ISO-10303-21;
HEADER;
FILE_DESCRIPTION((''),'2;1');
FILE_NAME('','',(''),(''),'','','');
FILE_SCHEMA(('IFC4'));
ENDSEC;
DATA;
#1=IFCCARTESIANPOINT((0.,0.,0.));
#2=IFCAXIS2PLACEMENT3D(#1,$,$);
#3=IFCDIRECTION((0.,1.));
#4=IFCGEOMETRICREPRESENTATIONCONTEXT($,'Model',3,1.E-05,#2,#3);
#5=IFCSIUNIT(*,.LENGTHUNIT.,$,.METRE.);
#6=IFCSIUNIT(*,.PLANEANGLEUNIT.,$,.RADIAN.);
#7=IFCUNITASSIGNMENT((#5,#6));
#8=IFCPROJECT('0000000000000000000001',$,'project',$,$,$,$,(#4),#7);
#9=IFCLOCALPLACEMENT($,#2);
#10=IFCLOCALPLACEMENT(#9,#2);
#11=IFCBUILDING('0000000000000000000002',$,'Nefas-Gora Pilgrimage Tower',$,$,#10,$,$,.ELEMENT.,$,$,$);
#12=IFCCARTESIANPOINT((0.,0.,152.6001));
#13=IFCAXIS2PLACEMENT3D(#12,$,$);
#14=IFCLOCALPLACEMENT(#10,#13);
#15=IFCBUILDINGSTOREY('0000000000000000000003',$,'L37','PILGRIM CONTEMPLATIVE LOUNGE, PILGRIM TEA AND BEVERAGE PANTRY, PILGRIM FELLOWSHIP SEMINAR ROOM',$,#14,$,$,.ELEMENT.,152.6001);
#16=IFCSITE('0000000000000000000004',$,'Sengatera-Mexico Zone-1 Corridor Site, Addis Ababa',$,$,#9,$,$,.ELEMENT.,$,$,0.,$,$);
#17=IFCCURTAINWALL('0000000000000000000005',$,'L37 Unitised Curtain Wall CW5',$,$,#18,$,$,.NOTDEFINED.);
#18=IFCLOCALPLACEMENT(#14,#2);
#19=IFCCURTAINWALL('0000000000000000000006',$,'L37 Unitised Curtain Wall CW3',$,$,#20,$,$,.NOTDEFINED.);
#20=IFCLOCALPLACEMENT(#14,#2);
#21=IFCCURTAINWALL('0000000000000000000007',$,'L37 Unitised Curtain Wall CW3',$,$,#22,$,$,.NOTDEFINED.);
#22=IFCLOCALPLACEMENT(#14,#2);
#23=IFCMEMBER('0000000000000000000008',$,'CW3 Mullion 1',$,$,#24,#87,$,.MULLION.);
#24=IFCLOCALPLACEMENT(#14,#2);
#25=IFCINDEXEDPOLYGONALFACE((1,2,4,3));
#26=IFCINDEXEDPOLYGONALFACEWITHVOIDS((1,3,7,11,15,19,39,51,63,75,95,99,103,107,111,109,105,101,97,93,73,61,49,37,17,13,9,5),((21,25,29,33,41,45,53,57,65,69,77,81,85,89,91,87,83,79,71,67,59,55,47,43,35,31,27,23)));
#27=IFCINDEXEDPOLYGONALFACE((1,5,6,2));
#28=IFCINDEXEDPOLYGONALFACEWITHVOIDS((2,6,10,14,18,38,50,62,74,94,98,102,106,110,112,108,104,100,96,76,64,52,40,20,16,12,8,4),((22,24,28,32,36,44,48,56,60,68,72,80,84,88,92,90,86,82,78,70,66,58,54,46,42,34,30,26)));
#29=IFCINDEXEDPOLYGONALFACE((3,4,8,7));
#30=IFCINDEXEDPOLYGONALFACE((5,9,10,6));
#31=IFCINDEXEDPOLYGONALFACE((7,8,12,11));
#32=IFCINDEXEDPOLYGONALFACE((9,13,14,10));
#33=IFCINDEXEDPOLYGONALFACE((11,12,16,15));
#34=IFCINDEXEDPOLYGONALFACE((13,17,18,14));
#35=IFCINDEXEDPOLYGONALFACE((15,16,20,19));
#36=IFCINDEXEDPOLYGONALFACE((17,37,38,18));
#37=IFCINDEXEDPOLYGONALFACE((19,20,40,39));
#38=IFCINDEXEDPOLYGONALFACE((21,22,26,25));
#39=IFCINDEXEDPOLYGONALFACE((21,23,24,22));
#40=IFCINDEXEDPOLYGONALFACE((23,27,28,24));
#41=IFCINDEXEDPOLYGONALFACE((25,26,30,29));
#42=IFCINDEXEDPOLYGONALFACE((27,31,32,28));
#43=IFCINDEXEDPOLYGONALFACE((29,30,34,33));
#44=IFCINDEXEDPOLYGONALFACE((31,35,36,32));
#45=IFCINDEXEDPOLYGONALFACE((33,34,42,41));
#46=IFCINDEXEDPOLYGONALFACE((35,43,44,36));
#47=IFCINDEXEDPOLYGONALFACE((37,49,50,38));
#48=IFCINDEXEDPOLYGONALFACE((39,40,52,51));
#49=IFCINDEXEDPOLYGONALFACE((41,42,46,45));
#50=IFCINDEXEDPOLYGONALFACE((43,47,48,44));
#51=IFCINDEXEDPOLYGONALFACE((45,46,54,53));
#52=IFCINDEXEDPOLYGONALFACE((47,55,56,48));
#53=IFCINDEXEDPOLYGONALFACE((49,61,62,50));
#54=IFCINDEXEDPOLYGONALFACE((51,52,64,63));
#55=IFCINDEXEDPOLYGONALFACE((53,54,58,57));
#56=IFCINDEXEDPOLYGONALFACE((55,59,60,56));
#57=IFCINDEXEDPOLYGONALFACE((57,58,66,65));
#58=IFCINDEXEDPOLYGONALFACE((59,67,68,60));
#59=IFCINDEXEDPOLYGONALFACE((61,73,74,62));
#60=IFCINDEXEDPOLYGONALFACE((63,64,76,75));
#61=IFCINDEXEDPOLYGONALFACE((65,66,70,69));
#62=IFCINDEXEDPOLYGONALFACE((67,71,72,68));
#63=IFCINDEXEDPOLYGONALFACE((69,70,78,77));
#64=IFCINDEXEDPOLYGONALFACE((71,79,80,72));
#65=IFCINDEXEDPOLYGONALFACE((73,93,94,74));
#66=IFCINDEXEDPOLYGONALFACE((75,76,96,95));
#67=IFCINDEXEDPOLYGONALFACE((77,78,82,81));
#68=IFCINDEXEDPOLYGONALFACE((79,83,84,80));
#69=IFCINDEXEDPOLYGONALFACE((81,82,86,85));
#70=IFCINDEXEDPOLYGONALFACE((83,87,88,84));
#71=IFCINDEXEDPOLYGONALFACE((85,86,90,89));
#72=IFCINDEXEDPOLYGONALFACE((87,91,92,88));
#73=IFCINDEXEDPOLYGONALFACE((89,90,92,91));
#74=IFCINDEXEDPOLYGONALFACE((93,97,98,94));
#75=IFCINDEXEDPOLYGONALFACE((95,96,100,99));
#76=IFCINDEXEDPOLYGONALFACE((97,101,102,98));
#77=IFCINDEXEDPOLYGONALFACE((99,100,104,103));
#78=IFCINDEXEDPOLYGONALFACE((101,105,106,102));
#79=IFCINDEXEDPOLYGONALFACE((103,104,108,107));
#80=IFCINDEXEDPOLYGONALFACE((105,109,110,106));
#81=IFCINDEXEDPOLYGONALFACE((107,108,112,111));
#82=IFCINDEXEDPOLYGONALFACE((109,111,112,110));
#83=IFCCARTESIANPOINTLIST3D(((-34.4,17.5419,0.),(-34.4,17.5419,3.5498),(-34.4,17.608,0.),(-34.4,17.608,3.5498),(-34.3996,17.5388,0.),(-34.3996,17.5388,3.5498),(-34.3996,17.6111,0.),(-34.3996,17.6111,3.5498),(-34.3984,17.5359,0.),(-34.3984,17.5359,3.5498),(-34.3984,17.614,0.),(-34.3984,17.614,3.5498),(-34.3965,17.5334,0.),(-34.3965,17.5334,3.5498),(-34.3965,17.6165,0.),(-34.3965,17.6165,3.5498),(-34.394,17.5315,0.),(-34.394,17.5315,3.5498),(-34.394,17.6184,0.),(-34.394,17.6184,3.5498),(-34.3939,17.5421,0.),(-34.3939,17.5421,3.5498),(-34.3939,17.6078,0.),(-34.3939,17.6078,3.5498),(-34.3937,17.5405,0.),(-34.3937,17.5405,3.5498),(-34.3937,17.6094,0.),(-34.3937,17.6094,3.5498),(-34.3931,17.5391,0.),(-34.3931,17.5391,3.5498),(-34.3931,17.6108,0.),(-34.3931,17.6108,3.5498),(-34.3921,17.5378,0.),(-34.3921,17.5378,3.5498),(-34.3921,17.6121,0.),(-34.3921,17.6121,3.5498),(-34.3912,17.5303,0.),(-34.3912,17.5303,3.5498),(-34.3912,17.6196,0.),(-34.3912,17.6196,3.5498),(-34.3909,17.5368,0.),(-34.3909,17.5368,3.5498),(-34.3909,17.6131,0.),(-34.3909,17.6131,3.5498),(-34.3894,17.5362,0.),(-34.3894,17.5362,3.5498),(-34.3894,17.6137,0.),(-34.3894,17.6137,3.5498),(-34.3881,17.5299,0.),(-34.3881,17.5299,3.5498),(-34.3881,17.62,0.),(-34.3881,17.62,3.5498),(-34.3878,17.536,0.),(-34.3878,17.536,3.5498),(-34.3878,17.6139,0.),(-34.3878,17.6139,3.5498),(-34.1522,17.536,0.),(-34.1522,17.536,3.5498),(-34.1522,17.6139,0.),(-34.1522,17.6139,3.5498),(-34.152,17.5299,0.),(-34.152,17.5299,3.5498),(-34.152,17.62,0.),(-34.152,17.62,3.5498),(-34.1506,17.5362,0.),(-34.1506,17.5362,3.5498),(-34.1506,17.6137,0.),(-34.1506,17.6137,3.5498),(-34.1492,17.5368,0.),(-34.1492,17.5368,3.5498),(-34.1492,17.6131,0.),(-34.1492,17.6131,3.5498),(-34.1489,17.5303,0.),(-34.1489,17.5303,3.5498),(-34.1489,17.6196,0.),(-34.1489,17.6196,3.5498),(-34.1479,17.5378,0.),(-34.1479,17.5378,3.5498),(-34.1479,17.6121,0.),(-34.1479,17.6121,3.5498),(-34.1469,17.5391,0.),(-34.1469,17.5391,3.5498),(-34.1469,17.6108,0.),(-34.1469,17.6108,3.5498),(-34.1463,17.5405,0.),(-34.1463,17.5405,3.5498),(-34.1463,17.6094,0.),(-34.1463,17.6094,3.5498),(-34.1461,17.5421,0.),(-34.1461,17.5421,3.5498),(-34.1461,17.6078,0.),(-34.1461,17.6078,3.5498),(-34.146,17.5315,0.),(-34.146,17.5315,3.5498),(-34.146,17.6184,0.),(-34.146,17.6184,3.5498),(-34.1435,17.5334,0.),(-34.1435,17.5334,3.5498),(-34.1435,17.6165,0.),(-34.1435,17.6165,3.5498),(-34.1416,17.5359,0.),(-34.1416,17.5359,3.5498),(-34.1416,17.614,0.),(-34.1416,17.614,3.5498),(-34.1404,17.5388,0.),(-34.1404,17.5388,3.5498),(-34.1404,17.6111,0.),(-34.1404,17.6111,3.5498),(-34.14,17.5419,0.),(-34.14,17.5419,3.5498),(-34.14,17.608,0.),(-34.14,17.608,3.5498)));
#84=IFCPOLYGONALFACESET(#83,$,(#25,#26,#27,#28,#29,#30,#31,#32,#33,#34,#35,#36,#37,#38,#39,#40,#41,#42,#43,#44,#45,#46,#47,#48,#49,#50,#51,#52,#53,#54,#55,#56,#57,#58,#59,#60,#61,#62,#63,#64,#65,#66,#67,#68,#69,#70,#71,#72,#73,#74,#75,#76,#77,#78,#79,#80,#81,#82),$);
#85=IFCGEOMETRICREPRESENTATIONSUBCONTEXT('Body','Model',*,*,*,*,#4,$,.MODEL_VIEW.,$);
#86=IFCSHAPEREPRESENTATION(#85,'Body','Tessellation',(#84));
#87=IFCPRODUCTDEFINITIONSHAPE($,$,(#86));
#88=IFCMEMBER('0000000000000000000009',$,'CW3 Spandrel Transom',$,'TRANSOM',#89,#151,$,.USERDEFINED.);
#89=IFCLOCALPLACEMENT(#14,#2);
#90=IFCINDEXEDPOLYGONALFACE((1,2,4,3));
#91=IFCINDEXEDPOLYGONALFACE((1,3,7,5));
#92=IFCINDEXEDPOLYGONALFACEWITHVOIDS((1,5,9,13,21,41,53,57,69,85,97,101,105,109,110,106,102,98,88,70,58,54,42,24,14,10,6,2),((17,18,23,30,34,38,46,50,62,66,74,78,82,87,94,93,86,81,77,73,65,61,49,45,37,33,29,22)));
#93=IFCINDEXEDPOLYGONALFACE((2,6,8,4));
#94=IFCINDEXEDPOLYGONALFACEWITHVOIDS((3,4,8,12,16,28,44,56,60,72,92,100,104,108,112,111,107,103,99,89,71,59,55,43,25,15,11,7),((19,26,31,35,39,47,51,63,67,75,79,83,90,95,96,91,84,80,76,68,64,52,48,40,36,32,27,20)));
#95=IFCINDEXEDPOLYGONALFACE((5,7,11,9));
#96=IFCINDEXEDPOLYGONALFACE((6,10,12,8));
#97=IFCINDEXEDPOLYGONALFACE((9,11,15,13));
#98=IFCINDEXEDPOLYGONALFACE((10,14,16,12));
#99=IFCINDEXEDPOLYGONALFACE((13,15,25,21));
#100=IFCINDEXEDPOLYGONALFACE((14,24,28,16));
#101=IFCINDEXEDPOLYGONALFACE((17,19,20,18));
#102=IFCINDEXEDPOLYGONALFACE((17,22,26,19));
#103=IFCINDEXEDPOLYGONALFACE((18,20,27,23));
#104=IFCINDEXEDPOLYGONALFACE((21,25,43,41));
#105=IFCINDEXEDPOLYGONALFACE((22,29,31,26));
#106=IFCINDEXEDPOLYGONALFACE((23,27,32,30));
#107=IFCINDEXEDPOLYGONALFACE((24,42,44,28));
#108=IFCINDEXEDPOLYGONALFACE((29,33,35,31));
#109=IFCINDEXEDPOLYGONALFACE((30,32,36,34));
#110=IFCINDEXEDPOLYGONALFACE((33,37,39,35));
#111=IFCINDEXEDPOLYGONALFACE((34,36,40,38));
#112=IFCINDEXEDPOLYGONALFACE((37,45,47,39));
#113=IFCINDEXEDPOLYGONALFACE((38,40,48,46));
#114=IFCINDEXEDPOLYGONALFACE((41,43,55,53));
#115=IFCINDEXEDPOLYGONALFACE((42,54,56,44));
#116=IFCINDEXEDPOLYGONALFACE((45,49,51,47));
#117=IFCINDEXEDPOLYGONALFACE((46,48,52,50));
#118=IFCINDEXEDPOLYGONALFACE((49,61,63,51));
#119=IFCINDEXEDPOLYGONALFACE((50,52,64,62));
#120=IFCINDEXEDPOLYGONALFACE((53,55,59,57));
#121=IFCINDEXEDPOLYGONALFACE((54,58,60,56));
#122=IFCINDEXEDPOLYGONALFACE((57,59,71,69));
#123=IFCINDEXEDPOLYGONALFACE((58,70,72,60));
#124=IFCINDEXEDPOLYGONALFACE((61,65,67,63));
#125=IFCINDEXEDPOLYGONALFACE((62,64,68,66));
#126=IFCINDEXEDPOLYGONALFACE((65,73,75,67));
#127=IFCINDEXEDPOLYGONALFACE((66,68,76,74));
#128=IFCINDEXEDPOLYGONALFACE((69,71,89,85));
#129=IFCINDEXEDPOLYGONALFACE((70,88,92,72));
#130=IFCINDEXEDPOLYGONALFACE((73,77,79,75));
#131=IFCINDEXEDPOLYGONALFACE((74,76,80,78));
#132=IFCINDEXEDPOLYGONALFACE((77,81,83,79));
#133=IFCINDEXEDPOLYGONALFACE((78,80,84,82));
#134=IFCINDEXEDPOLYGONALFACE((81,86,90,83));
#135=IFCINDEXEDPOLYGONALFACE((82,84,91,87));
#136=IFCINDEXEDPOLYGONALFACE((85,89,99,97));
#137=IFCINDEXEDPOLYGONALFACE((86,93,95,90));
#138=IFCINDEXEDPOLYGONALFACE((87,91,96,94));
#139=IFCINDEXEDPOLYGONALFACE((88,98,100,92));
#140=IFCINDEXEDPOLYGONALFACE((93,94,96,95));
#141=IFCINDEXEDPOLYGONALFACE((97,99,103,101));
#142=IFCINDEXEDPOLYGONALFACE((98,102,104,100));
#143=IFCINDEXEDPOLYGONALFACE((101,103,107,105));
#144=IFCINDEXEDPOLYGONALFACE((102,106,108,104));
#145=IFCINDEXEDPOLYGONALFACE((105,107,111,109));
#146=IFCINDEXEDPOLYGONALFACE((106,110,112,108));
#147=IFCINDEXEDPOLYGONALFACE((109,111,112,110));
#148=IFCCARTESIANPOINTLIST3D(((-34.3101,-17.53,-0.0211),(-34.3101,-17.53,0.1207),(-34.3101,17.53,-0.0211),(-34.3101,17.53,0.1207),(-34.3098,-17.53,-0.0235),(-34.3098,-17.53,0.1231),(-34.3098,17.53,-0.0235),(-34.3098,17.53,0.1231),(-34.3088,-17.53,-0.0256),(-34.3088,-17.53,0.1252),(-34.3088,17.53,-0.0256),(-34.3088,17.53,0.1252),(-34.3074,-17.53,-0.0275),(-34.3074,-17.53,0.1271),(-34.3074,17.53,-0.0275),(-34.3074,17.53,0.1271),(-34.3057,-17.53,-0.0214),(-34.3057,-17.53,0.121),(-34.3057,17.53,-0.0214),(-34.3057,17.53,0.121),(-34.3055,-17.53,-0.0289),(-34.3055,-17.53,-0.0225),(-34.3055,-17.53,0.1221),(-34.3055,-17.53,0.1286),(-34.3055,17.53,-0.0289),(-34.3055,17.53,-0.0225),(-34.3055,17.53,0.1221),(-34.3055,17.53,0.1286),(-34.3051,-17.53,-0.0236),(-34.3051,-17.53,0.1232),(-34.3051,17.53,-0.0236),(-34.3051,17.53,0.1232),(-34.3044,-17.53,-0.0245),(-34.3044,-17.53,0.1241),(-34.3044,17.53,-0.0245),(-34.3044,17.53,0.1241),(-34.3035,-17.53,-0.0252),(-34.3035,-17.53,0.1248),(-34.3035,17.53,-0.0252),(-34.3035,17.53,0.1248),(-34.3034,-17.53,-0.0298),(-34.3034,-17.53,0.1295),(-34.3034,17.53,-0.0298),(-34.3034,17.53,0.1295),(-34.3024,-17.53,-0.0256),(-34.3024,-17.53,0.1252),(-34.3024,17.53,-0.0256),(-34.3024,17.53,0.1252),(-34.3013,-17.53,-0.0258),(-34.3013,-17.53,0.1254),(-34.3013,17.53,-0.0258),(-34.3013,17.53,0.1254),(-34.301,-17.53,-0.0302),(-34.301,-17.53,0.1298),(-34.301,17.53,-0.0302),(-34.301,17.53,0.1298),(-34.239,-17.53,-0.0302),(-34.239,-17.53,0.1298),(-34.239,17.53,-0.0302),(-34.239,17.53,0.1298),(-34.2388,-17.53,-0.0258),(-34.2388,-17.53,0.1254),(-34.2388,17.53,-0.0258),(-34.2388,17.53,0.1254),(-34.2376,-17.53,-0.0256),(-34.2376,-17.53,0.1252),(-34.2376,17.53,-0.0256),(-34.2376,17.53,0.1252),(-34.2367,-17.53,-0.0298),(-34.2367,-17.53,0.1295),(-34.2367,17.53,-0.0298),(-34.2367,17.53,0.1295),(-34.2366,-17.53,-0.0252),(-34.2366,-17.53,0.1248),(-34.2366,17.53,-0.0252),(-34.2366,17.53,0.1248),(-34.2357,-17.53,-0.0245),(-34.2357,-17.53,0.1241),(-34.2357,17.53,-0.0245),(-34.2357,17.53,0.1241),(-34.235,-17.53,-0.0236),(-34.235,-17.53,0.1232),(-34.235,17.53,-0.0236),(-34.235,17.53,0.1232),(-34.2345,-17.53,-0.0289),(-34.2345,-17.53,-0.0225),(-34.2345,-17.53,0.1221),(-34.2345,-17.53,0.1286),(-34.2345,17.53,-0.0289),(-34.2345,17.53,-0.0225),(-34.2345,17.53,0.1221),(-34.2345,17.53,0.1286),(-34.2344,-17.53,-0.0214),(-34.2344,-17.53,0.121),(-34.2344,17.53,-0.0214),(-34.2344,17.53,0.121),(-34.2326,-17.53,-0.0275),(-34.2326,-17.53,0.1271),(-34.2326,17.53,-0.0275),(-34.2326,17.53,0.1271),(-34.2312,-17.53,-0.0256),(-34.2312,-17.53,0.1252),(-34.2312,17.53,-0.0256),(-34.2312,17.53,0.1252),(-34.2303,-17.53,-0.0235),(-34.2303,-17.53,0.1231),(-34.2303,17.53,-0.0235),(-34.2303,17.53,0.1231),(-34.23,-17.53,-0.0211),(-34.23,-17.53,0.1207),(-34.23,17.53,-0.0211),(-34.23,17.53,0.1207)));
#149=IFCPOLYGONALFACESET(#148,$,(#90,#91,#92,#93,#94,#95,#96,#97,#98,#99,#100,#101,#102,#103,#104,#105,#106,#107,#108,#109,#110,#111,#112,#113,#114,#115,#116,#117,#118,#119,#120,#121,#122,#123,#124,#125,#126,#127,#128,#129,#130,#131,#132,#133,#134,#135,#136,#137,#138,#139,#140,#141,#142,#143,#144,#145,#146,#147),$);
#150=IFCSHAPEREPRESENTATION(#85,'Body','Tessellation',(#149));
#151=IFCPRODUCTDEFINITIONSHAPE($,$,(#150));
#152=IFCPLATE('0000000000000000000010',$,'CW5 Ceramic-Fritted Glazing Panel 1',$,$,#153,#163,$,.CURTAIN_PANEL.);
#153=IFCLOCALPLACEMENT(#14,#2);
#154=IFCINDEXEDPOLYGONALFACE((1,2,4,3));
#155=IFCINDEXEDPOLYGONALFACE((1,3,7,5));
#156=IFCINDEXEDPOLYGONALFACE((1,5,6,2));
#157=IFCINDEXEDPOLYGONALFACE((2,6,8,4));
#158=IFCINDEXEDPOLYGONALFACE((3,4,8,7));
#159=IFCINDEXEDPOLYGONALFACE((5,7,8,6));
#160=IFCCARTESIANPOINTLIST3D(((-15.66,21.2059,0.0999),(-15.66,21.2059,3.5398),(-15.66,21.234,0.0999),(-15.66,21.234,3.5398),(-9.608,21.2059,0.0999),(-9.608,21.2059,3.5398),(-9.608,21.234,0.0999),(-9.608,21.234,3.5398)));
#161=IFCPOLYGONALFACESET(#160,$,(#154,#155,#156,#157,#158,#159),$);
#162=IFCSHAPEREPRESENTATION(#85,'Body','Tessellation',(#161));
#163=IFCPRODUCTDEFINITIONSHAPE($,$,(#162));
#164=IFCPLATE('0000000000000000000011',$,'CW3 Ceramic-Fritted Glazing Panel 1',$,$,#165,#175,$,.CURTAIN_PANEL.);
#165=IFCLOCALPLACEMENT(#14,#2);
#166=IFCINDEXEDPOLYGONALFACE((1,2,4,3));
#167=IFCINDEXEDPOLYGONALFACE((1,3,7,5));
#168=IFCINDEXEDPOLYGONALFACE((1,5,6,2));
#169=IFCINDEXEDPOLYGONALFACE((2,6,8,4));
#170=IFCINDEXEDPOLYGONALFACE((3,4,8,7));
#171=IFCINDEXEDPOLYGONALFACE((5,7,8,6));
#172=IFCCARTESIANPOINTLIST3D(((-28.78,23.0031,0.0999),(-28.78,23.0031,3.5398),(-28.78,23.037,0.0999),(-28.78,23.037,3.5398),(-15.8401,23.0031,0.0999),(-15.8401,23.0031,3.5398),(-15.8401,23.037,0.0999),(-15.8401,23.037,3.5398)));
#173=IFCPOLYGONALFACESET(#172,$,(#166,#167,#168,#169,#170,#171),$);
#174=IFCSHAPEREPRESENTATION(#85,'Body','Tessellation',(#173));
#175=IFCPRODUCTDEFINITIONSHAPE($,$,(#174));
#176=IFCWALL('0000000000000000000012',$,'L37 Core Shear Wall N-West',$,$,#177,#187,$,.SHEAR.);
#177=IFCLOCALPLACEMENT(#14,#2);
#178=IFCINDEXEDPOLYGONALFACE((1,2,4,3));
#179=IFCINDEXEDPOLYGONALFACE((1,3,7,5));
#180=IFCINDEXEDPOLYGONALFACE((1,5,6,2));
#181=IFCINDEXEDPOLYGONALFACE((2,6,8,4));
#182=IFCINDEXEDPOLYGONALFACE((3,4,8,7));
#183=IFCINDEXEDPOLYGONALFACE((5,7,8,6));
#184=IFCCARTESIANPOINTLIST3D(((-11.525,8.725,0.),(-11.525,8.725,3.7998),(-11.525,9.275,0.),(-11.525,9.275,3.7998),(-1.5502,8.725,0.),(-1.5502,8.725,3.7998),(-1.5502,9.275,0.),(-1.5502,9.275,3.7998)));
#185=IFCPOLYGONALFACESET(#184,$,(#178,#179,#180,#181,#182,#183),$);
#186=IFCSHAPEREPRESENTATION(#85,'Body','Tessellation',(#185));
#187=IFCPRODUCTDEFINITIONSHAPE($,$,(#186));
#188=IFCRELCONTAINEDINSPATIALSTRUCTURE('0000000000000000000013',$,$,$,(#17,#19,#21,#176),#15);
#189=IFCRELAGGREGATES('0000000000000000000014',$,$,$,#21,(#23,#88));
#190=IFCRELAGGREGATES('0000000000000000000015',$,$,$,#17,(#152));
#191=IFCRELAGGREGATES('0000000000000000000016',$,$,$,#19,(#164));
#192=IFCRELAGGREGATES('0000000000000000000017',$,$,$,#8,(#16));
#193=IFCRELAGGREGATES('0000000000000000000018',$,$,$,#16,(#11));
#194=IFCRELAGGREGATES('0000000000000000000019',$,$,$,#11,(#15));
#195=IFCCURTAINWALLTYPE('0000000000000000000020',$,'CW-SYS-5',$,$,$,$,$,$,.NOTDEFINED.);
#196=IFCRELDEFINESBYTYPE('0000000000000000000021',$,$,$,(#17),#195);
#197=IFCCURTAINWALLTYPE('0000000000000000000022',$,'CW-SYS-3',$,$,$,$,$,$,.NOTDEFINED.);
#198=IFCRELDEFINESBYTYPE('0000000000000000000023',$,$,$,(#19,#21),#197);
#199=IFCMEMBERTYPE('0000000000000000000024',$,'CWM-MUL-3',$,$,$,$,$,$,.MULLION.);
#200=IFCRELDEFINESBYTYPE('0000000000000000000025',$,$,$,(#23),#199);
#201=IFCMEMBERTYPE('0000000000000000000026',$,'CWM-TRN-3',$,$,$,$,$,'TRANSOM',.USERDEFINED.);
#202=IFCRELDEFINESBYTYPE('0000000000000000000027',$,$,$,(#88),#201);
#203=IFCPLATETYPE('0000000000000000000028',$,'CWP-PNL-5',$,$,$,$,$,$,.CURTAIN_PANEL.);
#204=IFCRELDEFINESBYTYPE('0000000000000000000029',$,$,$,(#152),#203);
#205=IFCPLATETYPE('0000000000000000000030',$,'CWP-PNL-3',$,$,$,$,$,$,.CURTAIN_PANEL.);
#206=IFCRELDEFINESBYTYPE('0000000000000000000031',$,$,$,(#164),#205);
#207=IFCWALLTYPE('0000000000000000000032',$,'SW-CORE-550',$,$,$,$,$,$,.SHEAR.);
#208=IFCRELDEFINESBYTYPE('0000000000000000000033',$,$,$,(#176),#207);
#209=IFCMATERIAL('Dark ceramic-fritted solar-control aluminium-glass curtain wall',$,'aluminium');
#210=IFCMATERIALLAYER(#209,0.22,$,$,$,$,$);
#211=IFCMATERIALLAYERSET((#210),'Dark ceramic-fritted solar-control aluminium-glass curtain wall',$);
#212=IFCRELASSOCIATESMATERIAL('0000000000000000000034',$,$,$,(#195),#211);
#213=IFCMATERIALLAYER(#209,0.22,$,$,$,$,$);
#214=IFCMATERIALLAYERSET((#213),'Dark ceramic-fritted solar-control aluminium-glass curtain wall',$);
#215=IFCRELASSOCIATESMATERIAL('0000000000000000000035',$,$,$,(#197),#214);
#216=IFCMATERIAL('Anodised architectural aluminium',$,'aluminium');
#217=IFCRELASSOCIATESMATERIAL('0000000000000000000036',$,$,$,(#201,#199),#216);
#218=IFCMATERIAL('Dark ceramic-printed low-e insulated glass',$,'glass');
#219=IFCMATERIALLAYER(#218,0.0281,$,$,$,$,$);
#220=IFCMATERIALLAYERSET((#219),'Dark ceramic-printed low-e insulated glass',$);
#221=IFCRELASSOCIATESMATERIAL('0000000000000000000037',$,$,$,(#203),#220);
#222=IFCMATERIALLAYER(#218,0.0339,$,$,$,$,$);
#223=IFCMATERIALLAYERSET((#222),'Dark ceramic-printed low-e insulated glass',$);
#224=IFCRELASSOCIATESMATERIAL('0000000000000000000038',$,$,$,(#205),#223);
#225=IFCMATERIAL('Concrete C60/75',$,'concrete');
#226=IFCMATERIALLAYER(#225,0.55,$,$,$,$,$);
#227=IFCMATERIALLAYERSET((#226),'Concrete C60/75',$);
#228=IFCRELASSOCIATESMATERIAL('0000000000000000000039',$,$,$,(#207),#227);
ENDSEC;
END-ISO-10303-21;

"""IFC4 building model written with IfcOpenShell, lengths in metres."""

from ifc_helpers import new_model, si_unit, direction, frame, frame_2d, origin, origin_2d, place, context, subcontext, project, spatial, rectangle, hollow_rectangle, extrude, source, transform, mapped, material, layer, layer_set, material_profile, profile_set, type_object, element, aggregate, save


model = new_model("IFC4")

# Units and contexts
model_context = context("Model", 3, precision=1e-05, world=origin(), true_north=direction((0.0, 1.0)))
body_context = subcontext(model_context, "Body", "Model", "MODEL_VIEW")
ifc_project = project(units=[si_unit("LENGTHUNIT", "METRE"), si_unit("PLANEANGLEUNIT", "RADIAN")], contexts=[model_context])

# Site, building, storey
site_placement = place(None, origin())
site = spatial("IfcSite", under=ifc_project, at=site_placement, Name="Sengatera-Mexico Zone-1 Corridor Site, Addis Ababa", CompositionType="ELEMENT", RefElevation=0.0)
building_placement = place(site_placement, origin())
building = spatial("IfcBuilding", under=site, at=building_placement, Name="Nefas-Gora Pilgrimage Tower", CompositionType="ELEMENT")
storey_placement = place(building_placement, frame((0.0, 0.0, 152.6001)))
storey = spatial("IfcBuildingStorey", under=building, at=storey_placement, Name="L37", Description="PILGRIM CONTEMPLATIVE LOUNGE, PILGRIM TEA AND BEVERAGE PANTRY, PILGRIM FELLOWSHIP SEMINAR ROOM", CompositionType="ELEMENT", Elevation=152.6001)

# Curtain wall
ifc_material_1 = material(Name="Dark ceramic-fritted solar-control aluminium-glass curtain wall", Category="aluminium")
ifc_layer_1 = layer(ifc_material_1, 0.22)
ifc_layer_set_1 = layer_set([ifc_layer_1], Name="Dark ceramic-fritted solar-control aluminium-glass curtain wall")
curtain_wall_type_1 = type_object("IfcCurtainWallType", Name="CW-SYS-5", PredefinedType="NOTDEFINED", material=ifc_layer_set_1)
curtain_wall_1_placement = place(storey_placement, origin())
curtain_wall_1 = element("IfcCurtainWall", 1, at=curtain_wall_1_placement, inside=storey, type_object=curtain_wall_type_1, Name="L37 Unitised Curtain Wall CW5", PredefinedType="NOTDEFINED")
ifc_material_2 = material(Name="Anodised architectural aluminium", Category="aluminium")

# Curtain walls, members
ifc_layer_2 = layer(ifc_material_1, 0.22)
ifc_layer_set_2 = layer_set([ifc_layer_2], Name="Dark ceramic-fritted solar-control aluminium-glass curtain wall")
curtain_wall_type_2 = type_object("IfcCurtainWallType", Name="CW-SYS-3", PredefinedType="NOTDEFINED", material=ifc_layer_set_2)
curtain_wall_2_placement = place(storey_placement, origin())
curtain_wall_2 = element("IfcCurtainWall", 2, at=curtain_wall_2_placement, inside=storey, type_object=curtain_wall_type_2, Name="L37 Unitised Curtain Wall CW3", PredefinedType="NOTDEFINED")
ifc_material_profile_1 = material_profile(ifc_material_2, hollow_rectangle(XDim=0.0801, YDim=0.1599, WallThickness=0.0044, InnerFilletRadius=0.0044, OuterFilletRadius=0.009, at=origin_2d()), Name="ALU TRANSOM 80x160")
ifc_profile_set_1 = profile_set([ifc_material_profile_1], Name="Anodised architectural aluminium")
member_type_1 = type_object("IfcMemberType", Name="CWM-TRN-3", ElementType="TRANSOM", PredefinedType="USERDEFINED", material=ifc_profile_set_1)
ifc_material_profile_2 = material_profile(ifc_material_2, hollow_rectangle(XDim=0.0901, YDim=0.26, WallThickness=0.0061, InnerFilletRadius=0.0061, OuterFilletRadius=0.012, at=origin_2d()), Name="ALU MULLION 90x260")
ifc_profile_set_2 = profile_set([ifc_material_profile_2], Name="Anodised architectural aluminium")
member_type_2 = type_object("IfcMemberType", Name="CWM-MUL-3", PredefinedType="MULLION", material=ifc_profile_set_2)
shared_shape_1 = source(origin(), body_context, "Body", "SweptSolid", [
    extrude(hollow_rectangle(XDim=0.0901, YDim=0.26, WallThickness=0.0061, InnerFilletRadius=0.0061, OuterFilletRadius=0.012, at=origin_2d()), origin(), (0.0, 0.0, 1.0), 3.5498),
])
curtain_wall_3_placement = place(storey_placement, origin())
curtain_wall_3 = element("IfcCurtainWall", 3, at=curtain_wall_3_placement, inside=storey, type_object=curtain_wall_type_2, Name="L37 Unitised Curtain Wall CW3", PredefinedType="NOTDEFINED")
member_1_placement = place(storey_placement, frame((-34.27, 17.575, 0.0), z_axis=(0.0, 0.0, 1.0), x_axis=(0.0, -1.0, 0.0)))
member_1 = element("IfcMember", 4, at=member_1_placement, type_object=member_type_2, Name="CW3 Mullion 1", PredefinedType="MULLION", context=body_context, shape_type="MappedRepresentation", body=[
    mapped(shared_shape_1, transform((0.0, 0.0, 0.0), x_axis=(1.0, 0.0, 0.0), y_axis=(0.0, 1.0, 0.0), z_axis=(0.0, 0.0, 1.0), scale=1.0)),
])
shared_shape_2 = source(origin(), body_context, "Body", "SweptSolid", [
    extrude(hollow_rectangle(XDim=0.0801, YDim=0.1599, WallThickness=0.0044, InnerFilletRadius=0.0044, OuterFilletRadius=0.009, at=origin_2d()), origin(), (0.0, 0.0, 1.0), 35.0601),
])
member_2_placement = place(storey_placement, frame((-34.27, 17.53, 0.0498), z_axis=(0.0, -1.0, 0.0), x_axis=(1.0, 0.0, 0.0)))
member_2 = element("IfcMember", 5, at=member_2_placement, type_object=member_type_1, Name="CW3 Spandrel Transom", ObjectType="TRANSOM", PredefinedType="USERDEFINED", context=body_context, shape_type="MappedRepresentation", body=[
    mapped(shared_shape_2, transform((0.0, 0.0, 0.0), x_axis=(1.0, 0.0, 0.0), y_axis=(0.0, 1.0, 0.0), z_axis=(0.0, 0.0, 1.0), scale=1.0)),
])
aggregate(curtain_wall_3, [member_1, member_2])

# Plates
ifc_material_3 = material(Name="Dark ceramic-printed low-e insulated glass", Category="glass")
ifc_layer_3 = layer(ifc_material_3, 0.0281)
ifc_layer_set_3 = layer_set([ifc_layer_3], Name="Dark ceramic-printed low-e insulated glass")
plate_type_1 = type_object("IfcPlateType", Name="CWP-PNL-5", PredefinedType="CURTAIN_PANEL", material=ifc_layer_set_3)
shared_shape_3 = source(origin(), body_context, "Body", "SweptSolid", [
    extrude(rectangle(XDim=6.052, YDim=0.0281, at=origin_2d()), origin(), (0.0, 0.0, 1.0), 3.4399),
])
plate_1_placement = place(storey_placement, frame((-12.634, 21.22, 0.0999), z_axis=(0.0, 0.0, 1.0), x_axis=(-1.0, 0.0, 0.0)))
plate_1 = element("IfcPlate", 6, at=plate_1_placement, type_object=plate_type_1, Name="CW5 Ceramic-Fritted Glazing Panel 1", PredefinedType="CURTAIN_PANEL", context=body_context, shape_type="MappedRepresentation", body=[
    mapped(shared_shape_3, transform((0.0, 0.0, 0.0), x_axis=(1.0, 0.0, 0.0), y_axis=(0.0, 1.0, 0.0), z_axis=(0.0, 0.0, 1.0), scale=1.0)),
])
aggregate(curtain_wall_1, [plate_1])
ifc_layer_4 = layer(ifc_material_3, 0.0339)
ifc_layer_set_4 = layer_set([ifc_layer_4], Name="Dark ceramic-printed low-e insulated glass")
plate_type_2 = type_object("IfcPlateType", Name="CWP-PNL-3", PredefinedType="CURTAIN_PANEL", material=ifc_layer_set_4)
shared_shape_4 = source(origin(), body_context, "Body", "SweptSolid", [
    extrude(rectangle(XDim=12.9399, YDim=0.0339, at=origin_2d()), origin(), (0.0, 0.0, 1.0), 3.4399),
])
plate_2_placement = place(storey_placement, frame((-22.3101, 23.02, 0.0999), z_axis=(0.0, 0.0, 1.0), x_axis=(-1.0, 0.0, 0.0)))
plate_2 = element("IfcPlate", 7, at=plate_2_placement, type_object=plate_type_2, Name="CW3 Ceramic-Fritted Glazing Panel 1", PredefinedType="CURTAIN_PANEL", context=body_context, shape_type="MappedRepresentation", body=[
    mapped(shared_shape_4, transform((0.0, 0.0, 0.0), x_axis=(1.0, 0.0, 0.0), y_axis=(0.0, 1.0, 0.0), z_axis=(0.0, 0.0, 1.0), scale=1.0)),
])
aggregate(curtain_wall_2, [plate_2])

# Wall
ifc_material_4 = material(Name="Concrete C60/75", Category="concrete")
ifc_layer_5 = layer(ifc_material_4, 0.55)
ifc_layer_set_5 = layer_set([ifc_layer_5], Name="Concrete C60/75")
wall_type_1 = type_object("IfcWallType", Name="SW-CORE-550", PredefinedType="SHEAR", material=ifc_layer_set_5)
shared_shape_5 = source(origin(), body_context, "Body", "SweptSolid", [
    extrude(rectangle(XDim=9.9749, YDim=0.55, at=frame_2d((4.9873, 0.0))), origin(), (0.0, 0.0, 1.0), 3.7998),
])
wall_1_placement = place(storey_placement, frame((-11.5249, 9.0, 0.0), z_axis=(0.0, 0.0, 1.0), x_axis=(1.0, 0.0, 0.0)))
element("IfcWall", 8, at=wall_1_placement, inside=storey, type_object=wall_type_1, Name="L37 Core Shear Wall N-West", PredefinedType="SHEAR", context=body_context, shape_type="MappedRepresentation", body=[
    mapped(shared_shape_5, transform((0.0, 0.0, 0.0), x_axis=(1.0, 0.0, 0.0), y_axis=(0.0, 1.0, 0.0), z_axis=(0.0, 0.0, 1.0), scale=1.0)),
])

save(model, "model.ifc")
